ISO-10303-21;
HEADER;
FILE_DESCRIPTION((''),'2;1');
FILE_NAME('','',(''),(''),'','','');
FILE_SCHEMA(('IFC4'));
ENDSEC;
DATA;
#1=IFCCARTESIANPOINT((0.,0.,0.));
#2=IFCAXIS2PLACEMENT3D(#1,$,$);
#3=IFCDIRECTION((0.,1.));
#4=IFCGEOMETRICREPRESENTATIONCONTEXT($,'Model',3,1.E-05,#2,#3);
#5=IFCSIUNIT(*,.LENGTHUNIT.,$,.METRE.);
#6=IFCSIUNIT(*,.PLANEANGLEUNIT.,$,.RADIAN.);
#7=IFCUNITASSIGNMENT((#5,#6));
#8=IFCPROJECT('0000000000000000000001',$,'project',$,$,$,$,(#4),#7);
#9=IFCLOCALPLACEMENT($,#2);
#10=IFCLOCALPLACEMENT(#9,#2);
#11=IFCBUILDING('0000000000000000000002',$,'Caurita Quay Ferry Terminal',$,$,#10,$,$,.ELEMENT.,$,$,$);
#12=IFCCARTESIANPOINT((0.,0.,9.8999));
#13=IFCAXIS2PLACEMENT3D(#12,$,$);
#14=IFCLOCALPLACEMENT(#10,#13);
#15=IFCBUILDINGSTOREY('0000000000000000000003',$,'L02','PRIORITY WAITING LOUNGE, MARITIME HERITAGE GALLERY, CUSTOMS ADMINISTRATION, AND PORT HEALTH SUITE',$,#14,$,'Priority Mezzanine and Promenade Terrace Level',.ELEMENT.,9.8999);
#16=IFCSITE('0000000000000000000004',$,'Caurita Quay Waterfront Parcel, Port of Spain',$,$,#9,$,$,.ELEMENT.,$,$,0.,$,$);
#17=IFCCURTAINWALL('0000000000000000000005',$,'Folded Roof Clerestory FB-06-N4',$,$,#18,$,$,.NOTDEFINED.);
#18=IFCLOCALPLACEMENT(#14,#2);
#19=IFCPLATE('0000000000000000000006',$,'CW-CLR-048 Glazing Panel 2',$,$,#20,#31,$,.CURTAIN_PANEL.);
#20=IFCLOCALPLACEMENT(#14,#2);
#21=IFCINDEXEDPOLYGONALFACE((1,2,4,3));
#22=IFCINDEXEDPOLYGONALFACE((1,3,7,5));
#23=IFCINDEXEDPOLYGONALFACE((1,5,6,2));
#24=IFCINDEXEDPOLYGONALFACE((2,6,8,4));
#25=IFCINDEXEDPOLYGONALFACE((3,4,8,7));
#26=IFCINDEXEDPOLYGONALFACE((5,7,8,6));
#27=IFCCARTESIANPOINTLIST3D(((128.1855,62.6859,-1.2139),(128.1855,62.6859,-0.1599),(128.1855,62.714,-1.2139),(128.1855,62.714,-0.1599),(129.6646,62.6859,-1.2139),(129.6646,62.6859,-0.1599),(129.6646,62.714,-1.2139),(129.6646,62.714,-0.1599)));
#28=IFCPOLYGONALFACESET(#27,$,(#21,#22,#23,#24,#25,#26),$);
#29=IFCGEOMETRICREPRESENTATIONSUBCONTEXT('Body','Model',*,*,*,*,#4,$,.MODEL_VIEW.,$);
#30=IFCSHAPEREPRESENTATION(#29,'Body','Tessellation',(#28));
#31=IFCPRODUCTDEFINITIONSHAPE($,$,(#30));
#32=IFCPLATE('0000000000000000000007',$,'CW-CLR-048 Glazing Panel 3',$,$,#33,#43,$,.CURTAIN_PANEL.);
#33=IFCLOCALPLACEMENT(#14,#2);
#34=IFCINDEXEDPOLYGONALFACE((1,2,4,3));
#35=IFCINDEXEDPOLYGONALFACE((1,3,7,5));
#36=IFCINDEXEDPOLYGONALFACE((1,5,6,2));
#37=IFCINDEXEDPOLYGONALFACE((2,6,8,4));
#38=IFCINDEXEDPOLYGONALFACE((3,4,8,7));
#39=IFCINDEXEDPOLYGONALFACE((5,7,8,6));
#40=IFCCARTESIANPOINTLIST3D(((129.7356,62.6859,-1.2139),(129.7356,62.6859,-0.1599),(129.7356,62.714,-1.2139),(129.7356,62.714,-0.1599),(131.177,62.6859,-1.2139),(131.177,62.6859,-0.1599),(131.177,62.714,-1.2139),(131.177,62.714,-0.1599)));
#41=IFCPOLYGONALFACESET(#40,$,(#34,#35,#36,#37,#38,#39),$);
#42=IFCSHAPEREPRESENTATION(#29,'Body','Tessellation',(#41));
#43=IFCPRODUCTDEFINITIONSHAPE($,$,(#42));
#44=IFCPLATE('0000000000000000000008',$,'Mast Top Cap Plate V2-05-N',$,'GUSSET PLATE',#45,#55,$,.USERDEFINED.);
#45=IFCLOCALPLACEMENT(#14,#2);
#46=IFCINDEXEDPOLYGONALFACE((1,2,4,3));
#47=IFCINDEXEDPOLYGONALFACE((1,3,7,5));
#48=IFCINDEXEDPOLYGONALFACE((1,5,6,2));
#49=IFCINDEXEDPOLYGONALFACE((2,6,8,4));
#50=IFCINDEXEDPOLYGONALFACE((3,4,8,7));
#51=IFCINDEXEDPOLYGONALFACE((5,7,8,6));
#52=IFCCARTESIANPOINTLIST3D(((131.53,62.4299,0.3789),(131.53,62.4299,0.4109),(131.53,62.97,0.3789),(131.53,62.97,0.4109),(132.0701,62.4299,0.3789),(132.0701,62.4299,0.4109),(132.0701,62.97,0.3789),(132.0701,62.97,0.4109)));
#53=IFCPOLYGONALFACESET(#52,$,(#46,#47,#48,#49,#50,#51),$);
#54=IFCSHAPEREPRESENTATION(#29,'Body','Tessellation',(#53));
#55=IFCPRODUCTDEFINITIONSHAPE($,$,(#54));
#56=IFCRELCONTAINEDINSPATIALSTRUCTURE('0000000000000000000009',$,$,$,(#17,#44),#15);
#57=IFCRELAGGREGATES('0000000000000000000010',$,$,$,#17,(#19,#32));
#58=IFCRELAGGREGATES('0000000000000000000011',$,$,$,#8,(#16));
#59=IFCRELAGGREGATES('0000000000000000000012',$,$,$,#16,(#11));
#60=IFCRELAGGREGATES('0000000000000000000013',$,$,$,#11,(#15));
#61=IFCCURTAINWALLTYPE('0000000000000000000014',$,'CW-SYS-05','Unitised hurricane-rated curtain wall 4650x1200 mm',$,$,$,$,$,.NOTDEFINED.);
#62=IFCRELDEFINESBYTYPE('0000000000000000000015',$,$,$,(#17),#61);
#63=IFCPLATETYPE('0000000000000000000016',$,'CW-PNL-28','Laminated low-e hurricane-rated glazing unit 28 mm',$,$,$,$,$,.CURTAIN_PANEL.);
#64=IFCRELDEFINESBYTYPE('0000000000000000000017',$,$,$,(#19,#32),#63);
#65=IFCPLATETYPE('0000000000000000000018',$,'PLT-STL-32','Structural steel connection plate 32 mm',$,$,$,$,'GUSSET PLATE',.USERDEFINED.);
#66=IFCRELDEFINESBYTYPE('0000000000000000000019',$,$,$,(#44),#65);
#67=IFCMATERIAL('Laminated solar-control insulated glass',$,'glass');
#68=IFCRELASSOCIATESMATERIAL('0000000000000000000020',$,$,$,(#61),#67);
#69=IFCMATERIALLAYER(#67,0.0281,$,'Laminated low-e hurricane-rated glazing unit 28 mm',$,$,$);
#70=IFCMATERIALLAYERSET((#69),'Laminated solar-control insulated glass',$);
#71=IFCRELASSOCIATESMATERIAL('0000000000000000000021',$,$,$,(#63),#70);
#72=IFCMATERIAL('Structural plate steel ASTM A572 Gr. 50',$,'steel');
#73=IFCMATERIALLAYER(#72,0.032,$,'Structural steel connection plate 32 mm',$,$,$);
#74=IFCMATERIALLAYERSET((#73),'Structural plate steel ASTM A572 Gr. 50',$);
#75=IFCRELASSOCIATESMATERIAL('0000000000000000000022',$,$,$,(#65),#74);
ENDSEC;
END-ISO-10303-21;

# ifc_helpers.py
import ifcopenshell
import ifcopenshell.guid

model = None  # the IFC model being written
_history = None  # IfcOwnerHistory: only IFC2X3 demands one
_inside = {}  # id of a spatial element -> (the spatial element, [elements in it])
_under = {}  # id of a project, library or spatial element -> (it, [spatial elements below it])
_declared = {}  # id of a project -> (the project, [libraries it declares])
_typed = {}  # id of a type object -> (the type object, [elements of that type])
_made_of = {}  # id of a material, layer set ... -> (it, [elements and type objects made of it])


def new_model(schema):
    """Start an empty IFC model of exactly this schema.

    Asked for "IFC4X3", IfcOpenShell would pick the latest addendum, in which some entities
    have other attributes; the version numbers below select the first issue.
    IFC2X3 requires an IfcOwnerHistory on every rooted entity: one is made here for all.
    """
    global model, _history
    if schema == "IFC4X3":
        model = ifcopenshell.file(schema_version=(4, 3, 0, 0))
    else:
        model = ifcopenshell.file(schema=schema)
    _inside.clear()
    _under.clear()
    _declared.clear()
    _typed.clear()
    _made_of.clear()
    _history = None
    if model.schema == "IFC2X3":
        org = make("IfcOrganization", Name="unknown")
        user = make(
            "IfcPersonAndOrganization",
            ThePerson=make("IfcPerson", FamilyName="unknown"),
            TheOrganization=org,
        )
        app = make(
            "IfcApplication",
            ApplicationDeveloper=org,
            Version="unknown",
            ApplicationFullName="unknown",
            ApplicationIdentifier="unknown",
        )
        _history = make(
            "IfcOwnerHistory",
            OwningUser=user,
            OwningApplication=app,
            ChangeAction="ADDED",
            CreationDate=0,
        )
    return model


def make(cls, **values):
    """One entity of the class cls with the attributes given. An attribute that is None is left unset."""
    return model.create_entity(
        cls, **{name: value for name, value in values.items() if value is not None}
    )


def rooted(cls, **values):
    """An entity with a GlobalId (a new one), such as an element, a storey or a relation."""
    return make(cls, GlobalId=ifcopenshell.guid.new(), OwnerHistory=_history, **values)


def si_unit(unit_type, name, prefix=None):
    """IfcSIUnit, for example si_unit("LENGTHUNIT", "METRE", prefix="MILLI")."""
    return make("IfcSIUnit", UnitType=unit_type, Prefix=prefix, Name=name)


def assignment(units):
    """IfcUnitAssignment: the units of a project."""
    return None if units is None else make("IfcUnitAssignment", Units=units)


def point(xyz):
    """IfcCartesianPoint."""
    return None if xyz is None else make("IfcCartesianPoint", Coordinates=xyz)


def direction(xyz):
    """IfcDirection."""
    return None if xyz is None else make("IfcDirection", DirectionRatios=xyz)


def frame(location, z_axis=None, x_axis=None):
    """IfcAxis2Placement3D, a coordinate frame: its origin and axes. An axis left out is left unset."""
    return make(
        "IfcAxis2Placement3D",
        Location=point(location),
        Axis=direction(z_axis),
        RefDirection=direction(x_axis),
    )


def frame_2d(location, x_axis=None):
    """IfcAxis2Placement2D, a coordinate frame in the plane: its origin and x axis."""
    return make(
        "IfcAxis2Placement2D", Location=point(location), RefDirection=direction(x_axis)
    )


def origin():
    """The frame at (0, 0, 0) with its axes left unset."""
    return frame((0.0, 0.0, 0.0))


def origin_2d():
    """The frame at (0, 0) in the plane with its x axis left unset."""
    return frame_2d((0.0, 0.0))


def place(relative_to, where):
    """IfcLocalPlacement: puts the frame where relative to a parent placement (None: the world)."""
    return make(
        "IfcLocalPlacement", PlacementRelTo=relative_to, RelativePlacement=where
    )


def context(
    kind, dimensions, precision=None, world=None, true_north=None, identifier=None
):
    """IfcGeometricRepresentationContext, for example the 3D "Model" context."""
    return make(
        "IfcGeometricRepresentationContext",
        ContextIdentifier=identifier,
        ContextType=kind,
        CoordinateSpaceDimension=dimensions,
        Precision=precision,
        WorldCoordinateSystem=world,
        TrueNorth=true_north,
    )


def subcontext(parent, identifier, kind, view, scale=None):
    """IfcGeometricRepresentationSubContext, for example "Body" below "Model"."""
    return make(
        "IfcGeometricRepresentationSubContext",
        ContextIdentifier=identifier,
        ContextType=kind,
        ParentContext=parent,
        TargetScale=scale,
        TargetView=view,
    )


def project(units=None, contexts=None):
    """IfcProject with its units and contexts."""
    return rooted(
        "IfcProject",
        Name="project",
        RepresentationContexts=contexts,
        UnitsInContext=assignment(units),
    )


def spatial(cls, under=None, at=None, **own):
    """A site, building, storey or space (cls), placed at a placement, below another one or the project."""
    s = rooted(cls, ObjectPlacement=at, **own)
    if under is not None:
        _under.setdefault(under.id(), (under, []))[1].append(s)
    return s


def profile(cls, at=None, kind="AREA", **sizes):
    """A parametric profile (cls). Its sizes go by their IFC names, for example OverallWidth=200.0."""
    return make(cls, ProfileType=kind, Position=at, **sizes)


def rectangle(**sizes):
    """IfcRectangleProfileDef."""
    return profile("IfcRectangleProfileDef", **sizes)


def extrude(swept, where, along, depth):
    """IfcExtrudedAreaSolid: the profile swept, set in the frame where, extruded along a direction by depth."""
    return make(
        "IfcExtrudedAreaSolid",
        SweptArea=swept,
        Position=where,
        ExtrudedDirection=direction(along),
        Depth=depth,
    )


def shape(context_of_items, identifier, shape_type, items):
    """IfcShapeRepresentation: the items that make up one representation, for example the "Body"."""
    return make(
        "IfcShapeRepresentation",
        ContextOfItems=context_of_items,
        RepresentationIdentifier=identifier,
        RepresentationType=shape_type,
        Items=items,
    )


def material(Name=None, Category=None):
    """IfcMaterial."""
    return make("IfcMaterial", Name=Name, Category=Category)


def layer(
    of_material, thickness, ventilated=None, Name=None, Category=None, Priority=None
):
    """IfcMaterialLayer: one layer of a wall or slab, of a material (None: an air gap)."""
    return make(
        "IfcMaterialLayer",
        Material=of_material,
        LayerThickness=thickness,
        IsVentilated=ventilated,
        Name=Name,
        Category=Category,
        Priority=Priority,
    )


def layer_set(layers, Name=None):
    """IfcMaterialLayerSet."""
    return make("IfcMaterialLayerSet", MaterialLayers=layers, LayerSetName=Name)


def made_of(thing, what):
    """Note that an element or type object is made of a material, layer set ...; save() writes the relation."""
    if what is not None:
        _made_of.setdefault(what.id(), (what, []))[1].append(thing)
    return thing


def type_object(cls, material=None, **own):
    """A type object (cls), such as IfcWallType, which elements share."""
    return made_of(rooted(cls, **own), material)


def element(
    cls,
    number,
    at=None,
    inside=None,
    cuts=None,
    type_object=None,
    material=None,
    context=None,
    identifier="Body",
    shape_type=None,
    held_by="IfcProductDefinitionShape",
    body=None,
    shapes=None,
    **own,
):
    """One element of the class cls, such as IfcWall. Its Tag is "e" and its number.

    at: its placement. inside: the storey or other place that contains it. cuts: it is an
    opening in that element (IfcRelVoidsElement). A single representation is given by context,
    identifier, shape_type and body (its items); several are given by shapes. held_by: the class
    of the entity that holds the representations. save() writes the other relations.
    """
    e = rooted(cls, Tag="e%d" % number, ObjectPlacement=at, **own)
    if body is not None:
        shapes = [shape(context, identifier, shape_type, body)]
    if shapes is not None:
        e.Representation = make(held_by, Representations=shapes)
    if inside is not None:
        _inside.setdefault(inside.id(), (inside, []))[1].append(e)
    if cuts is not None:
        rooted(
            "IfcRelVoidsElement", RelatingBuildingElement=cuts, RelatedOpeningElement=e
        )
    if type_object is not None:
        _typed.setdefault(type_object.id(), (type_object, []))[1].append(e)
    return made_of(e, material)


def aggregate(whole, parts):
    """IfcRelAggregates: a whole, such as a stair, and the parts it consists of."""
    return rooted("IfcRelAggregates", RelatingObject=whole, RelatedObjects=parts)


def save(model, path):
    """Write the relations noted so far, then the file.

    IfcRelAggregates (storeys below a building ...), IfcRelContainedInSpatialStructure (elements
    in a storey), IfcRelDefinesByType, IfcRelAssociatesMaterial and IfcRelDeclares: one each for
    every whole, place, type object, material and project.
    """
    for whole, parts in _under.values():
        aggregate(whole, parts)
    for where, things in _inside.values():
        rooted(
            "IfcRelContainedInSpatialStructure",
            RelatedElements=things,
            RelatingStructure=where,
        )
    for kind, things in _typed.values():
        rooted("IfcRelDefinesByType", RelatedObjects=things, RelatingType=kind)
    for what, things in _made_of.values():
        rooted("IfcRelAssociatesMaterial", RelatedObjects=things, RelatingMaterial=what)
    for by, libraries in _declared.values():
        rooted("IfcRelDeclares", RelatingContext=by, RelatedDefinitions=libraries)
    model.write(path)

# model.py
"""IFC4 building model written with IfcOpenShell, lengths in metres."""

from ifc_helpers import new_model, si_unit, direction, frame, origin, origin_2d, place, context, subcontext, project, spatial, rectangle, extrude, material, layer, layer_set, type_object, element, aggregate, save


model = new_model("IFC4")

# Units and contexts
model_context = context("Model", 3, precision=1e-05, world=origin(), true_north=direction((0.0, 1.0)))
body_context = subcontext(model_context, "Body", "Model", "MODEL_VIEW")
ifc_project = project(units=[si_unit("LENGTHUNIT", "METRE"), si_unit("PLANEANGLEUNIT", "RADIAN")], contexts=[model_context])

# Site, building, storey
site_placement = place(None, origin())
site = spatial("IfcSite", under=ifc_project, at=site_placement, Name="Caurita Quay Waterfront Parcel, Port of Spain", CompositionType="ELEMENT", RefElevation=0.0)
building_placement = place(site_placement, origin())
building = spatial("IfcBuilding", under=site, at=building_placement, Name="Caurita Quay Ferry Terminal", CompositionType="ELEMENT")
storey_placement = place(building_placement, frame((0.0, 0.0, 9.8999)))
storey = spatial("IfcBuildingStorey", under=building, at=storey_placement, Name="L02", Description="PRIORITY WAITING LOUNGE, MARITIME HERITAGE GALLERY, CUSTOMS ADMINISTRATION, AND PORT HEALTH SUITE", LongName="Priority Mezzanine and Promenade Terrace Level", CompositionType="ELEMENT", Elevation=9.8999)

# Curtain wall
ifc_material_1 = material(Name="Laminated solar-control insulated glass", Category="glass")
curtain_wall_type_1 = type_object("IfcCurtainWallType", Name="CW-SYS-05", Description="Unitised hurricane-rated curtain wall 4650x1200 mm", PredefinedType="NOTDEFINED", material=ifc_material_1)
curtain_wall_1_placement = place(storey_placement, origin())
curtain_wall_1 = element("IfcCurtainWall", 1, at=curtain_wall_1_placement, inside=storey, type_object=curtain_wall_type_1, Name="Folded Roof Clerestory FB-06-N4", PredefinedType="NOTDEFINED")

# Plates
ifc_layer_1 = layer(ifc_material_1, 0.0281, Name="Laminated low-e hurricane-rated glazing unit 28 mm")
ifc_layer_set_1 = layer_set([ifc_layer_1], Name="Laminated solar-control insulated glass")
plate_type_1 = type_object("IfcPlateType", Name="CW-PNL-28", Description="Laminated low-e hurricane-rated glazing unit 28 mm", PredefinedType="CURTAIN_PANEL", material=ifc_layer_set_1)
plate_1_placement = place(storey_placement, frame((128.925, 62.7, -1.2139), z_axis=(0.0, 0.0, 1.0), x_axis=(1.0, 0.0, 0.0)))
plate_1 = element("IfcPlate", 2, at=plate_1_placement, type_object=plate_type_1, Name="CW-CLR-048 Glazing Panel 2", PredefinedType="CURTAIN_PANEL", context=body_context, shape_type="SweptSolid", body=[
    extrude(rectangle(XDim=1.479, YDim=0.0281, at=origin_2d()), origin(), (0.0, 0.0, 1.0), 1.054),
])
plate_2_placement = place(storey_placement, frame((130.4563, 62.7, -1.2139), z_axis=(0.0, 0.0, 1.0), x_axis=(1.0, 0.0, 0.0)))
plate_2 = element("IfcPlate", 3, at=plate_2_placement, type_object=plate_type_1, Name="CW-CLR-048 Glazing Panel 3", PredefinedType="CURTAIN_PANEL", context=body_context, shape_type="SweptSolid", body=[
    extrude(rectangle(XDim=1.4414, YDim=0.0281, at=origin_2d()), origin(), (0.0, 0.0, 1.0), 1.054),
])
aggregate(curtain_wall_1, [plate_1, plate_2])
ifc_material_2 = material(Name="Structural plate steel ASTM A572 Gr. 50", Category="steel")
ifc_layer_2 = layer(ifc_material_2, 0.032, Name="Structural steel connection plate 32 mm")
ifc_layer_set_2 = layer_set([ifc_layer_2], Name="Structural plate steel ASTM A572 Gr. 50")
plate_type_2 = type_object("IfcPlateType", Name="PLT-STL-32", Description="Structural steel connection plate 32 mm", ElementType="GUSSET PLATE", PredefinedType="USERDEFINED", material=ifc_layer_set_2)
plate_3_placement = place(storey_placement, frame((131.8, 62.7, 0.3789), z_axis=(0.0, 0.0, 1.0), x_axis=(1.0, 0.0, 0.0)))
element("IfcPlate", 4, at=plate_3_placement, inside=storey, type_object=plate_type_2, Name="Mast Top Cap Plate V2-05-N", ObjectType="GUSSET PLATE", PredefinedType="USERDEFINED", context=body_context, shape_type="SweptSolid", body=[
    extrude(rectangle(XDim=0.54, YDim=0.54, at=origin_2d()), origin(), (0.0, 0.0, 1.0), 0.032),
])

save(model, "model.ifc")
